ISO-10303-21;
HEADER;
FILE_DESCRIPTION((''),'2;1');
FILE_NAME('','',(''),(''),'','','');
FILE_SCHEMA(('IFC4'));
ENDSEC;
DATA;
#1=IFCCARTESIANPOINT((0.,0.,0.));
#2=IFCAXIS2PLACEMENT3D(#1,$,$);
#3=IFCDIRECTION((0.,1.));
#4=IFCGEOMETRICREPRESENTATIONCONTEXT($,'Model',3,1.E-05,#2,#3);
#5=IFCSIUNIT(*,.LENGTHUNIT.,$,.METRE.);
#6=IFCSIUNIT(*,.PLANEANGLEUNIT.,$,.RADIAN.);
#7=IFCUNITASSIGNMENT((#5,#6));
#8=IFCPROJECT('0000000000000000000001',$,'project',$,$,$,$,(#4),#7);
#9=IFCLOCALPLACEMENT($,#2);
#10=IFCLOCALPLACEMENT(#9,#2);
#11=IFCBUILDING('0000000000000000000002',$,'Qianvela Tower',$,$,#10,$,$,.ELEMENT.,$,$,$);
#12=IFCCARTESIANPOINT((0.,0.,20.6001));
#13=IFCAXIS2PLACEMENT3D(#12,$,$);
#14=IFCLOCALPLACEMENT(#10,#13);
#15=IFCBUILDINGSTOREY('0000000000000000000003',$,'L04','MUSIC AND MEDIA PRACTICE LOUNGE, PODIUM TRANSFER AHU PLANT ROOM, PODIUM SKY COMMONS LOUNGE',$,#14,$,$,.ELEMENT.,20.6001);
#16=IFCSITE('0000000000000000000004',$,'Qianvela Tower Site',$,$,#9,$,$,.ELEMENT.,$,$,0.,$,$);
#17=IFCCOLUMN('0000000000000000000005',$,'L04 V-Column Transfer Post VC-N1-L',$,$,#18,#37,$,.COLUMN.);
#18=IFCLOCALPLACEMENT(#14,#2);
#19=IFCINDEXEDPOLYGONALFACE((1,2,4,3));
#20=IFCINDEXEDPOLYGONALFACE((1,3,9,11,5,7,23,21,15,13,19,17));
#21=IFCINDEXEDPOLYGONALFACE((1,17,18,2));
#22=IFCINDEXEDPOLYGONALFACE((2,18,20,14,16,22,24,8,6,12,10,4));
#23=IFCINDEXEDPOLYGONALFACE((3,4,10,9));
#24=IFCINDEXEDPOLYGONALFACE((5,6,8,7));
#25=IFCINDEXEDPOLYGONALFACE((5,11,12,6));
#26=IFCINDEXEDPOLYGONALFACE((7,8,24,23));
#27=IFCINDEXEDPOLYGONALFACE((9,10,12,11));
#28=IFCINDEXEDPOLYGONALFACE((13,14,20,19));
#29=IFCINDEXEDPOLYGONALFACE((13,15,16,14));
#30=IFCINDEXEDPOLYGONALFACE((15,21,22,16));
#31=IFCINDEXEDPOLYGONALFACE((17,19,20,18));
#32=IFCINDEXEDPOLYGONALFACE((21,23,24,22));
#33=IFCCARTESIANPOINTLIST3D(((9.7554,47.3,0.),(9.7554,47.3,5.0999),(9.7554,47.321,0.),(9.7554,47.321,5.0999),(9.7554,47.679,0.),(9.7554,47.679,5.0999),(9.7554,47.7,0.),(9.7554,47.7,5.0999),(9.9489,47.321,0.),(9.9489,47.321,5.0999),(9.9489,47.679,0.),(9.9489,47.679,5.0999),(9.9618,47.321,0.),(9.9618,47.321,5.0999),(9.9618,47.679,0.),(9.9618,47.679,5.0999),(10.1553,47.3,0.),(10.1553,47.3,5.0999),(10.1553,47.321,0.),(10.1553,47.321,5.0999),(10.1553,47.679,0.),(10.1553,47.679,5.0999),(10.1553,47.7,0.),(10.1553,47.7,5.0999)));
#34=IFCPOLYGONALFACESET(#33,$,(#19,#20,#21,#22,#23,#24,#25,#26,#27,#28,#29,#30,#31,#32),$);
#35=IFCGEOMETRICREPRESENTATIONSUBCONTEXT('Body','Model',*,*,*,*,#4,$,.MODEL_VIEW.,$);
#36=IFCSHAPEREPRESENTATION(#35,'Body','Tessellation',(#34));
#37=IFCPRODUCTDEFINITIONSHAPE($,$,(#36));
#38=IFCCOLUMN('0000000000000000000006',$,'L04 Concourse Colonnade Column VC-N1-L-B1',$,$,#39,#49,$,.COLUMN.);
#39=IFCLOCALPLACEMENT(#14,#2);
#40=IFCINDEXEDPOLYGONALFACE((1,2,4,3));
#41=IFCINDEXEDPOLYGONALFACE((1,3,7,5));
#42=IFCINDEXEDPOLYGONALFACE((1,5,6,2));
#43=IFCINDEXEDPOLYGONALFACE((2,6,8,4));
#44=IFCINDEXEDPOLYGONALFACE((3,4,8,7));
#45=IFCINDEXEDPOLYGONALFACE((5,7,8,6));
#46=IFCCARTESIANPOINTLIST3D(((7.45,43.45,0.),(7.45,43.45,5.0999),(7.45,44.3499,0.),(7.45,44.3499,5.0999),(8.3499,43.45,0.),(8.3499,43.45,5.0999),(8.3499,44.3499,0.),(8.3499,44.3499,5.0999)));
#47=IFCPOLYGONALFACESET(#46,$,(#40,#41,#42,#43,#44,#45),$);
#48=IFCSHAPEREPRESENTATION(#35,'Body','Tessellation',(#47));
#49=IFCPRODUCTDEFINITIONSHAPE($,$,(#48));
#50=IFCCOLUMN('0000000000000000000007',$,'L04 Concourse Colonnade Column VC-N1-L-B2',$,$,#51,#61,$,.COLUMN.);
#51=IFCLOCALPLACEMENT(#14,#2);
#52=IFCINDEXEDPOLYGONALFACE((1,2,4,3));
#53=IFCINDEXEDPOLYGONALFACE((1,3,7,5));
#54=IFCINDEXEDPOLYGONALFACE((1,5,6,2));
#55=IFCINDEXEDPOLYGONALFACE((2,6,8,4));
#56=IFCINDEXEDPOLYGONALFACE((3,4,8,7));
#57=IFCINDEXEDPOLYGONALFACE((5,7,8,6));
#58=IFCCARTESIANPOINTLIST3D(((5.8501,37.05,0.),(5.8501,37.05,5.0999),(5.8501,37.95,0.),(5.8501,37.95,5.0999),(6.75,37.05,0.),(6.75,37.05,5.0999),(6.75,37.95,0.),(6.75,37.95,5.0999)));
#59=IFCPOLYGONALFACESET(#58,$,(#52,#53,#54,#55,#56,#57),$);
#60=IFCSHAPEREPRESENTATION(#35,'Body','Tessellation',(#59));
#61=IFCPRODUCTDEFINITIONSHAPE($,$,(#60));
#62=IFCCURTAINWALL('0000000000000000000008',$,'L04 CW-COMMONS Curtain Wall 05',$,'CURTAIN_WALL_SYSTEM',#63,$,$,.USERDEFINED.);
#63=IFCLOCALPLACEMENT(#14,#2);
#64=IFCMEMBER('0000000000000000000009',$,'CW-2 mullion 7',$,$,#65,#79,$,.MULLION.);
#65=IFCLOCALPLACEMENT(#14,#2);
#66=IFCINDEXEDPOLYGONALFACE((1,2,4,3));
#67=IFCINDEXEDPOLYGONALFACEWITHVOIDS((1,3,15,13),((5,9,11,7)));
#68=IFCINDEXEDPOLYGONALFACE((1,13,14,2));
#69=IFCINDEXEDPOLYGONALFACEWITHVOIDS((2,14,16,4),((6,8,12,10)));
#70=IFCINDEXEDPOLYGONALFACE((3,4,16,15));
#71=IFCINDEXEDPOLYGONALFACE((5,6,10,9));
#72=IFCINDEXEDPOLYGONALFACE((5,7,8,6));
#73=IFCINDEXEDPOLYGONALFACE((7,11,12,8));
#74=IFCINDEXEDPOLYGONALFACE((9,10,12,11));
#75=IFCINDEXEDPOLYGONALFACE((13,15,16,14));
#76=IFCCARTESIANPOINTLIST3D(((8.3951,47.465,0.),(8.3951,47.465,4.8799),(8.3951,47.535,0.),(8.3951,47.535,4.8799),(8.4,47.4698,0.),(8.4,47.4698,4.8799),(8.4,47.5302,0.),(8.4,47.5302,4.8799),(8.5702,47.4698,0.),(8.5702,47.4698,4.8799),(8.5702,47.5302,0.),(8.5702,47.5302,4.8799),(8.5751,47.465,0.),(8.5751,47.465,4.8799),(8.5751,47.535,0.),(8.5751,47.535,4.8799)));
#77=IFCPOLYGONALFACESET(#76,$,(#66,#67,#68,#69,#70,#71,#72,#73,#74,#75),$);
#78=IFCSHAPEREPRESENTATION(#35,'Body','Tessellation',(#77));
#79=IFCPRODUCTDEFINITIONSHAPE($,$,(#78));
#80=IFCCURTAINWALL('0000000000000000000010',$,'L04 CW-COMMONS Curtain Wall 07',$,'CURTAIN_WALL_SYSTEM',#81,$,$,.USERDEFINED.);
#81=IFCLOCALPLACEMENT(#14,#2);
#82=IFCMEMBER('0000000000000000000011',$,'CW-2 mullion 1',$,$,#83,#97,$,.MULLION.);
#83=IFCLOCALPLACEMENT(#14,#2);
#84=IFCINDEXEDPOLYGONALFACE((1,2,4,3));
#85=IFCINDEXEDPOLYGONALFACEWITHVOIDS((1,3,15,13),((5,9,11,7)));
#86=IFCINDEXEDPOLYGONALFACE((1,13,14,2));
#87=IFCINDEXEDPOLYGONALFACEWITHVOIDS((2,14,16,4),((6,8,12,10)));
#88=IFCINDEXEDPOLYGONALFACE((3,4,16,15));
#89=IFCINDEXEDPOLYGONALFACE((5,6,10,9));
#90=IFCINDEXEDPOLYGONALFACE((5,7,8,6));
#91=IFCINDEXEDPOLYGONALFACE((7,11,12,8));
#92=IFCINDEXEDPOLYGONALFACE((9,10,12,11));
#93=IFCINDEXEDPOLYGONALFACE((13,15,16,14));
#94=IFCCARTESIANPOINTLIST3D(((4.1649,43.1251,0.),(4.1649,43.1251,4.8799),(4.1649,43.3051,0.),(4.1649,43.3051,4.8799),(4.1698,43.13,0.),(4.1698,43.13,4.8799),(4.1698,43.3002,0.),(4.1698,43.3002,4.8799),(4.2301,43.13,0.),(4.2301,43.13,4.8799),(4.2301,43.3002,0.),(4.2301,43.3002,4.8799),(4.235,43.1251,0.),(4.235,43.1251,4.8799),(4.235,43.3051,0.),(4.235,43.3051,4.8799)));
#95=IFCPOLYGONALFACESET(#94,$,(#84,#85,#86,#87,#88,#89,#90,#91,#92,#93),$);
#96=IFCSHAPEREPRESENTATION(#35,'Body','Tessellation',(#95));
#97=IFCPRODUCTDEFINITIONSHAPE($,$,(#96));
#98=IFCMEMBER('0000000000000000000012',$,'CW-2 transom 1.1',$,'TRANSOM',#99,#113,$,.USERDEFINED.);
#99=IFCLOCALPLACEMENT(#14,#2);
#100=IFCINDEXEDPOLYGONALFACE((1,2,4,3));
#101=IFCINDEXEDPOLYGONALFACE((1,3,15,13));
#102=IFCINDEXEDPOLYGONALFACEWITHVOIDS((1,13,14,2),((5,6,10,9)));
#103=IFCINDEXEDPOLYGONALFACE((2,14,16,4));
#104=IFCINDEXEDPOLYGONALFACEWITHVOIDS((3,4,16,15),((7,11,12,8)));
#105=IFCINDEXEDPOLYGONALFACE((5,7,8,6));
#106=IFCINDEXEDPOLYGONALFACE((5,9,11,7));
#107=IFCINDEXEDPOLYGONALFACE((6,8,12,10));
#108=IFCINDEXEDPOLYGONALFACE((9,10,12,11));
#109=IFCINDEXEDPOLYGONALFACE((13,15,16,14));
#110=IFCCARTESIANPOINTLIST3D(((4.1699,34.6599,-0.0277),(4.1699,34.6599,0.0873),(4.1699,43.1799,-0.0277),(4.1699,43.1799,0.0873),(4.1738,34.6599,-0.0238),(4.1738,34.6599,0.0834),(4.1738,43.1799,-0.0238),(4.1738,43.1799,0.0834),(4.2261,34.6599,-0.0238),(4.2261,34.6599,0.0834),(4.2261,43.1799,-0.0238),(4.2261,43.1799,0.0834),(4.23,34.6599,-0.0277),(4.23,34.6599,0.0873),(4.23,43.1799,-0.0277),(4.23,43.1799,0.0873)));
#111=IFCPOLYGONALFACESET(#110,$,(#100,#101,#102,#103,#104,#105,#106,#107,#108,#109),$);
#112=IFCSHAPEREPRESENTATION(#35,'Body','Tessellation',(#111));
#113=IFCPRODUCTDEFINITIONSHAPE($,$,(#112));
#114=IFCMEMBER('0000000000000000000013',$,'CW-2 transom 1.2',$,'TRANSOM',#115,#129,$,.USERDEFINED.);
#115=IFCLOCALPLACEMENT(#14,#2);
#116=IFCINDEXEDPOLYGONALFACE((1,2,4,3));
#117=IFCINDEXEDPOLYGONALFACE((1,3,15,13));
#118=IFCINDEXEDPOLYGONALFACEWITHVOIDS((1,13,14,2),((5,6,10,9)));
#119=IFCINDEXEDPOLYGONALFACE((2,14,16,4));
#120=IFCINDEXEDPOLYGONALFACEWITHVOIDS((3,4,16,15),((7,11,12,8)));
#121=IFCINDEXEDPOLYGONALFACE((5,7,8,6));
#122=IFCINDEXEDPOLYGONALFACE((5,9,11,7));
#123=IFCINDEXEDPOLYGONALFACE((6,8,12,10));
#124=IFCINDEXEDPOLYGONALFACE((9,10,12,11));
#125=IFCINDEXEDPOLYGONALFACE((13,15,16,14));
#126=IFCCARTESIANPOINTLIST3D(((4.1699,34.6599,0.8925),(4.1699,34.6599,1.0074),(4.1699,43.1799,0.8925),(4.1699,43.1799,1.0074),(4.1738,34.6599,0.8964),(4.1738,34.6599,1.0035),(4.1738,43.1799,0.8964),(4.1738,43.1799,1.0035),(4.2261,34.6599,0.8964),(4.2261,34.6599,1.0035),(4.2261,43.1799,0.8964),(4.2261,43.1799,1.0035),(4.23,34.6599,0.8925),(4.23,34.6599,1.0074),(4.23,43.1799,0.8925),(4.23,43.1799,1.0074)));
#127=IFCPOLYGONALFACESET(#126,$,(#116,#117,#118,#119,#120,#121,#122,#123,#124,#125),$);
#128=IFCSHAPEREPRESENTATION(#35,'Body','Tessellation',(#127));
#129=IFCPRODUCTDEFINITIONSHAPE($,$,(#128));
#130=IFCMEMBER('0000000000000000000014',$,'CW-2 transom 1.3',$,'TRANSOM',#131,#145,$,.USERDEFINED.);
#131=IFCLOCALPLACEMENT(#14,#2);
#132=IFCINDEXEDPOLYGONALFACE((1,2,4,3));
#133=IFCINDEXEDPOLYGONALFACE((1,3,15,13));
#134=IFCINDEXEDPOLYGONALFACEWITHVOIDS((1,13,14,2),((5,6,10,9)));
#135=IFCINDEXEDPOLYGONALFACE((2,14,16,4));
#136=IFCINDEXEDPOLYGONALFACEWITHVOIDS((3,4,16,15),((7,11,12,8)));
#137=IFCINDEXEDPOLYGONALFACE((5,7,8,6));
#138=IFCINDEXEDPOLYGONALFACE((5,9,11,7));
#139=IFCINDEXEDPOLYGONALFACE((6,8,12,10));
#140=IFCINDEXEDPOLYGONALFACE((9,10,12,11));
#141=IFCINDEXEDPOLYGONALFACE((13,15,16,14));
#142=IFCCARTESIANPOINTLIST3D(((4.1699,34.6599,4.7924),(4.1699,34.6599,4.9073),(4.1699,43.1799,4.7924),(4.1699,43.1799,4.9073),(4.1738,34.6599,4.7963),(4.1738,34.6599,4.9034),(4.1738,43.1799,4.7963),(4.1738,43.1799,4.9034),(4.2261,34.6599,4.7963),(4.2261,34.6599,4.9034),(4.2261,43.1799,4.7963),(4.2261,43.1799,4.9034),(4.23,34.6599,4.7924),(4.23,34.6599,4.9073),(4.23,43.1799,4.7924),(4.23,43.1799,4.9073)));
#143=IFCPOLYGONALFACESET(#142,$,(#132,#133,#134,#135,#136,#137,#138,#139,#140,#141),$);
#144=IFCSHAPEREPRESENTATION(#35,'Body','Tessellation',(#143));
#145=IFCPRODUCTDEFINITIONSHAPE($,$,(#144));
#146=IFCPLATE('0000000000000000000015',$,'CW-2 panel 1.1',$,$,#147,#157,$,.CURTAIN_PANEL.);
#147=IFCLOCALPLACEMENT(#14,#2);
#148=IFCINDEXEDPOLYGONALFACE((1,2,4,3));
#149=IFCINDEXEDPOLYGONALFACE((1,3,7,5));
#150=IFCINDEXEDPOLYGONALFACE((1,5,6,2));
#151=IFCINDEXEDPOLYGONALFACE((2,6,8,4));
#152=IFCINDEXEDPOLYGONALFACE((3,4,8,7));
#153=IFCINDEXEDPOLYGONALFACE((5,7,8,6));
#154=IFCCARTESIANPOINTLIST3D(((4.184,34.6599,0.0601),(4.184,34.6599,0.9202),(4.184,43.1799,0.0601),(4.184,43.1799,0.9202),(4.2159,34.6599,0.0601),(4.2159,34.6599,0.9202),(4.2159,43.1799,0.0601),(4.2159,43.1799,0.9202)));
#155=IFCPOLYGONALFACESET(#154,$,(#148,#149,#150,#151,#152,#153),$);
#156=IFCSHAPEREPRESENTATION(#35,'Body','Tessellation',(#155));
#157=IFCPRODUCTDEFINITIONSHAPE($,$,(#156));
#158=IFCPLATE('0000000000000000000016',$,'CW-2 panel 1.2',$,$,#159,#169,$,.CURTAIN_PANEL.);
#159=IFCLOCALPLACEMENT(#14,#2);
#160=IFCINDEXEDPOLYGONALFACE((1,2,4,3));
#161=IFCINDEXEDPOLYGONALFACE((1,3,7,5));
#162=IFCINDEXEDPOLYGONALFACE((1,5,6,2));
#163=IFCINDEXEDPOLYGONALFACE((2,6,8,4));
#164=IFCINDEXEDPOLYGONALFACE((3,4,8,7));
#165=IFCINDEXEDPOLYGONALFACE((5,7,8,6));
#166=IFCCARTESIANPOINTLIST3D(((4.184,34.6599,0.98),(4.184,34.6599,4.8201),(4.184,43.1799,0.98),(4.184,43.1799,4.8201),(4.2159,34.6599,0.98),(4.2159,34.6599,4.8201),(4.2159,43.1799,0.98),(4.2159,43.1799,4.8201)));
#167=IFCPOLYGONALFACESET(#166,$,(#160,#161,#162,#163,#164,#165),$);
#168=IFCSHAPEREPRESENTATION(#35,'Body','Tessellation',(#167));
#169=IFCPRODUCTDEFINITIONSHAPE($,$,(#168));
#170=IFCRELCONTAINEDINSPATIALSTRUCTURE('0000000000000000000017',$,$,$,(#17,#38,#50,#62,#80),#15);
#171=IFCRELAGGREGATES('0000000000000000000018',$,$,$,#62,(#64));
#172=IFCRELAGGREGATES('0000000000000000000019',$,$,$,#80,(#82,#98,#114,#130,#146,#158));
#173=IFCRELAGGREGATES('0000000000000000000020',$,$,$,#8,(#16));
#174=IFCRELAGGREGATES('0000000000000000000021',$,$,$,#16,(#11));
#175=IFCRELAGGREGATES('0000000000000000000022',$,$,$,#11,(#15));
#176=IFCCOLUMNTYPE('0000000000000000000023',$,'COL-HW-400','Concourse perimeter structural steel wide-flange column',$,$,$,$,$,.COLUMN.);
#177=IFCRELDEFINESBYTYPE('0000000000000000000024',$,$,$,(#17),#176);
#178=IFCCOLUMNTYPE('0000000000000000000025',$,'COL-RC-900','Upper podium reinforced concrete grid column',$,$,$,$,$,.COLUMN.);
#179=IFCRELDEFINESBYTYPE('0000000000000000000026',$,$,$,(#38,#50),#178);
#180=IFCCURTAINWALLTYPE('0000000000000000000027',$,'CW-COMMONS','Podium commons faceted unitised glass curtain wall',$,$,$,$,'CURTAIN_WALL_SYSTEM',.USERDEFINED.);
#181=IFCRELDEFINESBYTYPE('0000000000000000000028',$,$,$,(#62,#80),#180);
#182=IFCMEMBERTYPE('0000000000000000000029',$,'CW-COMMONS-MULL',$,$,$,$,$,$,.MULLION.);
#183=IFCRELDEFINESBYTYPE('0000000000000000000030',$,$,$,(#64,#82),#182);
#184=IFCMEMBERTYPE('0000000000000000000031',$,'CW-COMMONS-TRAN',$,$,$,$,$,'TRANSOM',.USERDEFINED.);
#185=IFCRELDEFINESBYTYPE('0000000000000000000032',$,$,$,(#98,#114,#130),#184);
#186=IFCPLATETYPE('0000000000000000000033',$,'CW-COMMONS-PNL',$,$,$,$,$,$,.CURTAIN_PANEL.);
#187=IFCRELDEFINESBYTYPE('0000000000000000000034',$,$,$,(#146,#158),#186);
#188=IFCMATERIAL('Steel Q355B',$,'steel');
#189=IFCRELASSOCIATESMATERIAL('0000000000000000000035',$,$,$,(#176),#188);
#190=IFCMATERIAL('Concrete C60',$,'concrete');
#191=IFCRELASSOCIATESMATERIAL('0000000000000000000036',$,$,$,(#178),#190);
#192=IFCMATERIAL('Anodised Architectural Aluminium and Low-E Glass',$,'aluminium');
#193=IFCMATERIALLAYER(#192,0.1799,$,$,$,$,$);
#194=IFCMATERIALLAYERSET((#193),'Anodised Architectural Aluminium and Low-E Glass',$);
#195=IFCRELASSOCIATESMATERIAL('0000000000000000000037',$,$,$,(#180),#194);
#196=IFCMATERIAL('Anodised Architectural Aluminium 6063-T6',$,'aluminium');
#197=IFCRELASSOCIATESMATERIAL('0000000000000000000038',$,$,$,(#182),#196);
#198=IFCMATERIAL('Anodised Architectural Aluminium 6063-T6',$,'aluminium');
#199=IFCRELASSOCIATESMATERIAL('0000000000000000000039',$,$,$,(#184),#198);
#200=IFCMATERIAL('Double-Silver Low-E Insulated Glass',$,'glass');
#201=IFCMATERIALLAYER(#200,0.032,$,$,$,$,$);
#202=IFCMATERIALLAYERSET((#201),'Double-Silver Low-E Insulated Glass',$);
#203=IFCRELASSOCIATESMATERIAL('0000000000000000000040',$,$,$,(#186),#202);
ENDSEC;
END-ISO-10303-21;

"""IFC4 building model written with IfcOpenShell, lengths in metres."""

from ifc_helpers import new_model, si_unit, direction, frame, origin, origin_2d, place, context, subcontext, project, spatial, rectangle, hollow_rectangle, i_section, extrude, material, layer, layer_set, material_profile, profile_set, type_object, element, aggregate, save


model = new_model("IFC4")

# Units and contexts
model_context = context("Model", 3, precision=1e-05, world=origin(), true_north=direction((0.0, 1.0)))
body_context = subcontext(model_context, "Body", "Model", "MODEL_VIEW")
ifc_project = project(units=[si_unit("LENGTHUNIT", "METRE"), si_unit("PLANEANGLEUNIT", "RADIAN")], contexts=[model_context])

# Site, building, storey
site_placement = place(None, origin())
site = spatial("IfcSite", under=ifc_project, at=site_placement, Name="Qianvela Tower Site", CompositionType="ELEMENT", RefElevation=0.0)
building_placement = place(site_placement, origin())
building = spatial("IfcBuilding", under=site, at=building_placement, Name="Qianvela Tower", CompositionType="ELEMENT")
storey_placement = place(building_placement, frame((0.0, 0.0, 20.6001)))
storey = spatial("IfcBuildingStorey", under=building, at=storey_placement, Name="L04", Description="MUSIC AND MEDIA PRACTICE LOUNGE, PODIUM TRANSFER AHU PLANT ROOM, PODIUM SKY COMMONS LOUNGE", CompositionType="ELEMENT", Elevation=20.6001)

# Columns
ifc_material_1 = material(Name="Steel Q355B", Category="steel")
ifc_material_profile_1 = material_profile(ifc_material_1, i_section(OverallWidth=0.3999, OverallDepth=0.3999, WebThickness=0.0129, FlangeThickness=0.021, at=origin_2d()), Name="HW400x400x13x21")
ifc_profile_set_1 = profile_set([ifc_material_profile_1], Name="Steel Q355B")
column_type_1 = type_object("IfcColumnType", Name="COL-HW-400", Description="Concourse perimeter structural steel wide-flange column", PredefinedType="COLUMN", material=ifc_profile_set_1)
column_placement = place(storey_placement, frame((9.9553, 47.5, 0.0), z_axis=(0.0, 0.0, 1.0), x_axis=(1.0, 0.0, 0.0)))
element("IfcColumn", 1, at=column_placement, inside=storey, type_object=column_type_1, Name="L04 V-Column Transfer Post VC-N1-L", PredefinedType="COLUMN", context=body_context, shape_type="SweptSolid", body=[
    extrude(i_section(OverallWidth=0.3999, OverallDepth=0.3999, WebThickness=0.0129, FlangeThickness=0.021, at=origin_2d()), origin(), (0.0, 0.0, 1.0), 5.0999),
])
ifc_material_2 = material(Name="Concrete C60", Category="concrete")
ifc_material_profile_2 = material_profile(ifc_material_2, rectangle(XDim=0.8999, YDim=0.8999, at=origin_2d()), Name="RC-COL-900x900")
ifc_profile_set_2 = profile_set([ifc_material_profile_2], Name="Concrete C60")
column_type_2 = type_object("IfcColumnType", Name="COL-RC-900", Description="Upper podium reinforced concrete grid column", PredefinedType="COLUMN", material=ifc_profile_set_2)
for number, where, z_axis, x_axis, name in (
    (2, (7.8999, 43.8999, 0.0), (0.0, 0.0, 1.0), (1.0, 0.0, 0.0), "L04 Concourse Colonnade Column VC-N1-L-B1"),
    (3, (6.3, 37.5, 0.0), (0.0, 0.0, 1.0), (1.0, 0.0, 0.0), "L04 Concourse Colonnade Column VC-N1-L-B2"),
):
    element("IfcColumn", number, at=place(storey_placement, frame(where, z_axis=z_axis, x_axis=x_axis)), inside=storey, type_object=column_type_2, Name=name, PredefinedType="COLUMN", context=body_context, shape_type="SweptSolid", body=[
        extrude(rectangle(XDim=0.8999, YDim=0.8999, at=origin_2d()), origin(), (0.0, 0.0, 1.0), 5.0999),
    ])

# Curtain wall, member
ifc_material_3 = material(Name="Anodised Architectural Aluminium and Low-E Glass", Category="aluminium")
ifc_layer_1 = layer(ifc_material_3, 0.1799)
ifc_layer_set_1 = layer_set([ifc_layer_1], Name="Anodised Architectural Aluminium and Low-E Glass")
curtain_wall_type = type_object("IfcCurtainWallType", Name="CW-COMMONS", Description="Podium commons faceted unitised glass curtain wall", ElementType="CURTAIN_WALL_SYSTEM", PredefinedType="USERDEFINED", material=ifc_layer_set_1)
curtain_wall_1_placement = place(storey_placement, origin())
curtain_wall_1 = element("IfcCurtainWall", 4, at=curtain_wall_1_placement, inside=storey, type_object=curtain_wall_type, Name="L04 CW-COMMONS Curtain Wall 05", ObjectType="CURTAIN_WALL_SYSTEM", PredefinedType="USERDEFINED")
ifc_material_4 = material(Name="Anodised Architectural Aluminium 6063-T6", Category="aluminium")
ifc_material_profile_3 = material_profile(ifc_material_4, hollow_rectangle(XDim=0.0701, YDim=0.1799, WallThickness=0.0049, at=origin_2d()), Name="ALU-MULL-70x180")
ifc_profile_set_3 = profile_set([ifc_material_profile_3], Name="Anodised Architectural Aluminium 6063-T6")
member_type_1 = type_object("IfcMemberType", Name="CW-COMMONS-MULL", PredefinedType="MULLION", material=ifc_profile_set_3)
member_1_placement = place(storey_placement, frame((8.4851, 47.5, 0.0), z_axis=(0.0, 0.0, 1.0), x_axis=(0.0, -1.0, 0.0)))
member_1 = element("IfcMember", 5, at=member_1_placement, type_object=member_type_1, Name="CW-2 mullion 7", PredefinedType="MULLION", context=body_context, shape_type="SweptSolid", body=[
    extrude(hollow_rectangle(XDim=0.0701, YDim=0.1799, WallThickness=0.0049, at=origin_2d()), origin(), (0.0, 0.0, 1.0), 4.8799),
])
aggregate(curtain_wall_1, [member_1])

# Curtain wall, members, plates
curtain_wall_2_placement = place(storey_placement, origin())
curtain_wall_2 = element("IfcCurtainWall", 6, at=curtain_wall_2_placement, inside=storey, type_object=curtain_wall_type, Name="L04 CW-COMMONS Curtain Wall 07", ObjectType="CURTAIN_WALL_SYSTEM", PredefinedType="USERDEFINED")
member_2_placement = place(storey_placement, frame((4.2, 43.2151, 0.0), z_axis=(0.0, 0.0, 1.0), x_axis=(1.0, 0.0, 0.0)))
member_2 = element("IfcMember", 7, at=member_2_placement, type_object=member_type_1, Name="CW-2 mullion 1", PredefinedType="MULLION", context=body_context, shape_type="SweptSolid", body=[
    extrude(hollow_rectangle(XDim=0.0701, YDim=0.1799, WallThickness=0.0049, at=origin_2d()), origin(), (0.0, 0.0, 1.0), 4.8799),
])
ifc_material_5 = material(Name="Anodised Architectural Aluminium 6063-T6", Category="aluminium")
ifc_material_profile_4 = material_profile(ifc_material_5, hollow_rectangle(XDim=0.0601, YDim=0.115, WallThickness=0.0039, at=origin_2d()), Name="ALU-TRAN-60x115")
ifc_profile_set_4 = profile_set([ifc_material_profile_4], Name="Anodised Architectural Aluminium 6063-T6")
member_type_2 = type_object("IfcMemberType", Name="CW-COMMONS-TRAN", ElementType="TRANSOM", PredefinedType="USERDEFINED", material=ifc_profile_set_4)
member_3_placement = place(storey_placement, frame((4.2, 43.1799, 0.0298), z_axis=(0.0, -1.0, 0.0), x_axis=(1.0, 0.0, 0.0)))
member_3 = element("IfcMember", 8, at=member_3_placement, type_object=member_type_2, Name="CW-2 transom 1.1", ObjectType="TRANSOM", PredefinedType="USERDEFINED", context=body_context, shape_type="SweptSolid", body=[
    extrude(hollow_rectangle(XDim=0.0601, YDim=0.115, WallThickness=0.0039, at=origin_2d()), origin(), (0.0, 0.0, 1.0), 8.52),
])
member_4_placement = place(storey_placement, frame((4.2, 43.1799, 0.95), z_axis=(0.0, -1.0, 0.0), x_axis=(1.0, 0.0, 0.0)))
member_4 = element("IfcMember", 9, at=member_4_placement, type_object=member_type_2, Name="CW-2 transom 1.2", ObjectType="TRANSOM", PredefinedType="USERDEFINED", context=body_context, shape_type="SweptSolid", body=[
    extrude(hollow_rectangle(XDim=0.0601, YDim=0.115, WallThickness=0.0039, at=origin_2d()), origin(), (0.0, 0.0, 1.0), 8.52),
])
member_5_placement = place(storey_placement, frame((4.2, 43.1799, 4.8499), z_axis=(0.0, -1.0, 0.0), x_axis=(1.0, 0.0, 0.0)))
member_5 = element("IfcMember", 10, at=member_5_placement, type_object=member_type_2, Name="CW-2 transom 1.3", ObjectType="TRANSOM", PredefinedType="USERDEFINED", context=body_context, shape_type="SweptSolid", body=[
    extrude(hollow_rectangle(XDim=0.0601, YDim=0.115, WallThickness=0.0039, at=origin_2d()), origin(), (0.0, 0.0, 1.0), 8.52),
])
ifc_material_6 = material(Name="Double-Silver Low-E Insulated Glass", Category="glass")
ifc_layer_2 = layer(ifc_material_6, 0.032)
ifc_layer_set_2 = layer_set([ifc_layer_2], Name="Double-Silver Low-E Insulated Glass")
plate_type = type_object("IfcPlateType", Name="CW-COMMONS-PNL", PredefinedType="CURTAIN_PANEL", material=ifc_layer_set_2)
plate_1_placement = place(storey_placement, frame((4.2, 38.9199, 0.0601), z_axis=(0.0, 0.0, 1.0), x_axis=(0.0, -1.0, 0.0)))
plate_1 = element("IfcPlate", 11, at=plate_1_placement, type_object=plate_type, Name="CW-2 panel 1.1", PredefinedType="CURTAIN_PANEL", context=body_context, shape_type="SweptSolid", body=[
    extrude(rectangle(XDim=8.52, YDim=0.032, at=origin_2d()), origin(), (0.0, 0.0, 1.0), 0.8601),
])
plate_2_placement = place(storey_placement, frame((4.2, 38.9199, 0.98), z_axis=(0.0, 0.0, 1.0), x_axis=(0.0, -1.0, 0.0)))
plate_2 = element("IfcPlate", 12, at=plate_2_placement, type_object=plate_type, Name="CW-2 panel 1.2", PredefinedType="CURTAIN_PANEL", context=body_context, shape_type="SweptSolid", body=[
    extrude(rectangle(XDim=8.52, YDim=0.032, at=origin_2d()), origin(), (0.0, 0.0, 1.0), 3.8401),
])
aggregate(curtain_wall_2, [member_2, member_3, member_4, member_5, plate_1, plate_2])

save(model, "model.ifc")
